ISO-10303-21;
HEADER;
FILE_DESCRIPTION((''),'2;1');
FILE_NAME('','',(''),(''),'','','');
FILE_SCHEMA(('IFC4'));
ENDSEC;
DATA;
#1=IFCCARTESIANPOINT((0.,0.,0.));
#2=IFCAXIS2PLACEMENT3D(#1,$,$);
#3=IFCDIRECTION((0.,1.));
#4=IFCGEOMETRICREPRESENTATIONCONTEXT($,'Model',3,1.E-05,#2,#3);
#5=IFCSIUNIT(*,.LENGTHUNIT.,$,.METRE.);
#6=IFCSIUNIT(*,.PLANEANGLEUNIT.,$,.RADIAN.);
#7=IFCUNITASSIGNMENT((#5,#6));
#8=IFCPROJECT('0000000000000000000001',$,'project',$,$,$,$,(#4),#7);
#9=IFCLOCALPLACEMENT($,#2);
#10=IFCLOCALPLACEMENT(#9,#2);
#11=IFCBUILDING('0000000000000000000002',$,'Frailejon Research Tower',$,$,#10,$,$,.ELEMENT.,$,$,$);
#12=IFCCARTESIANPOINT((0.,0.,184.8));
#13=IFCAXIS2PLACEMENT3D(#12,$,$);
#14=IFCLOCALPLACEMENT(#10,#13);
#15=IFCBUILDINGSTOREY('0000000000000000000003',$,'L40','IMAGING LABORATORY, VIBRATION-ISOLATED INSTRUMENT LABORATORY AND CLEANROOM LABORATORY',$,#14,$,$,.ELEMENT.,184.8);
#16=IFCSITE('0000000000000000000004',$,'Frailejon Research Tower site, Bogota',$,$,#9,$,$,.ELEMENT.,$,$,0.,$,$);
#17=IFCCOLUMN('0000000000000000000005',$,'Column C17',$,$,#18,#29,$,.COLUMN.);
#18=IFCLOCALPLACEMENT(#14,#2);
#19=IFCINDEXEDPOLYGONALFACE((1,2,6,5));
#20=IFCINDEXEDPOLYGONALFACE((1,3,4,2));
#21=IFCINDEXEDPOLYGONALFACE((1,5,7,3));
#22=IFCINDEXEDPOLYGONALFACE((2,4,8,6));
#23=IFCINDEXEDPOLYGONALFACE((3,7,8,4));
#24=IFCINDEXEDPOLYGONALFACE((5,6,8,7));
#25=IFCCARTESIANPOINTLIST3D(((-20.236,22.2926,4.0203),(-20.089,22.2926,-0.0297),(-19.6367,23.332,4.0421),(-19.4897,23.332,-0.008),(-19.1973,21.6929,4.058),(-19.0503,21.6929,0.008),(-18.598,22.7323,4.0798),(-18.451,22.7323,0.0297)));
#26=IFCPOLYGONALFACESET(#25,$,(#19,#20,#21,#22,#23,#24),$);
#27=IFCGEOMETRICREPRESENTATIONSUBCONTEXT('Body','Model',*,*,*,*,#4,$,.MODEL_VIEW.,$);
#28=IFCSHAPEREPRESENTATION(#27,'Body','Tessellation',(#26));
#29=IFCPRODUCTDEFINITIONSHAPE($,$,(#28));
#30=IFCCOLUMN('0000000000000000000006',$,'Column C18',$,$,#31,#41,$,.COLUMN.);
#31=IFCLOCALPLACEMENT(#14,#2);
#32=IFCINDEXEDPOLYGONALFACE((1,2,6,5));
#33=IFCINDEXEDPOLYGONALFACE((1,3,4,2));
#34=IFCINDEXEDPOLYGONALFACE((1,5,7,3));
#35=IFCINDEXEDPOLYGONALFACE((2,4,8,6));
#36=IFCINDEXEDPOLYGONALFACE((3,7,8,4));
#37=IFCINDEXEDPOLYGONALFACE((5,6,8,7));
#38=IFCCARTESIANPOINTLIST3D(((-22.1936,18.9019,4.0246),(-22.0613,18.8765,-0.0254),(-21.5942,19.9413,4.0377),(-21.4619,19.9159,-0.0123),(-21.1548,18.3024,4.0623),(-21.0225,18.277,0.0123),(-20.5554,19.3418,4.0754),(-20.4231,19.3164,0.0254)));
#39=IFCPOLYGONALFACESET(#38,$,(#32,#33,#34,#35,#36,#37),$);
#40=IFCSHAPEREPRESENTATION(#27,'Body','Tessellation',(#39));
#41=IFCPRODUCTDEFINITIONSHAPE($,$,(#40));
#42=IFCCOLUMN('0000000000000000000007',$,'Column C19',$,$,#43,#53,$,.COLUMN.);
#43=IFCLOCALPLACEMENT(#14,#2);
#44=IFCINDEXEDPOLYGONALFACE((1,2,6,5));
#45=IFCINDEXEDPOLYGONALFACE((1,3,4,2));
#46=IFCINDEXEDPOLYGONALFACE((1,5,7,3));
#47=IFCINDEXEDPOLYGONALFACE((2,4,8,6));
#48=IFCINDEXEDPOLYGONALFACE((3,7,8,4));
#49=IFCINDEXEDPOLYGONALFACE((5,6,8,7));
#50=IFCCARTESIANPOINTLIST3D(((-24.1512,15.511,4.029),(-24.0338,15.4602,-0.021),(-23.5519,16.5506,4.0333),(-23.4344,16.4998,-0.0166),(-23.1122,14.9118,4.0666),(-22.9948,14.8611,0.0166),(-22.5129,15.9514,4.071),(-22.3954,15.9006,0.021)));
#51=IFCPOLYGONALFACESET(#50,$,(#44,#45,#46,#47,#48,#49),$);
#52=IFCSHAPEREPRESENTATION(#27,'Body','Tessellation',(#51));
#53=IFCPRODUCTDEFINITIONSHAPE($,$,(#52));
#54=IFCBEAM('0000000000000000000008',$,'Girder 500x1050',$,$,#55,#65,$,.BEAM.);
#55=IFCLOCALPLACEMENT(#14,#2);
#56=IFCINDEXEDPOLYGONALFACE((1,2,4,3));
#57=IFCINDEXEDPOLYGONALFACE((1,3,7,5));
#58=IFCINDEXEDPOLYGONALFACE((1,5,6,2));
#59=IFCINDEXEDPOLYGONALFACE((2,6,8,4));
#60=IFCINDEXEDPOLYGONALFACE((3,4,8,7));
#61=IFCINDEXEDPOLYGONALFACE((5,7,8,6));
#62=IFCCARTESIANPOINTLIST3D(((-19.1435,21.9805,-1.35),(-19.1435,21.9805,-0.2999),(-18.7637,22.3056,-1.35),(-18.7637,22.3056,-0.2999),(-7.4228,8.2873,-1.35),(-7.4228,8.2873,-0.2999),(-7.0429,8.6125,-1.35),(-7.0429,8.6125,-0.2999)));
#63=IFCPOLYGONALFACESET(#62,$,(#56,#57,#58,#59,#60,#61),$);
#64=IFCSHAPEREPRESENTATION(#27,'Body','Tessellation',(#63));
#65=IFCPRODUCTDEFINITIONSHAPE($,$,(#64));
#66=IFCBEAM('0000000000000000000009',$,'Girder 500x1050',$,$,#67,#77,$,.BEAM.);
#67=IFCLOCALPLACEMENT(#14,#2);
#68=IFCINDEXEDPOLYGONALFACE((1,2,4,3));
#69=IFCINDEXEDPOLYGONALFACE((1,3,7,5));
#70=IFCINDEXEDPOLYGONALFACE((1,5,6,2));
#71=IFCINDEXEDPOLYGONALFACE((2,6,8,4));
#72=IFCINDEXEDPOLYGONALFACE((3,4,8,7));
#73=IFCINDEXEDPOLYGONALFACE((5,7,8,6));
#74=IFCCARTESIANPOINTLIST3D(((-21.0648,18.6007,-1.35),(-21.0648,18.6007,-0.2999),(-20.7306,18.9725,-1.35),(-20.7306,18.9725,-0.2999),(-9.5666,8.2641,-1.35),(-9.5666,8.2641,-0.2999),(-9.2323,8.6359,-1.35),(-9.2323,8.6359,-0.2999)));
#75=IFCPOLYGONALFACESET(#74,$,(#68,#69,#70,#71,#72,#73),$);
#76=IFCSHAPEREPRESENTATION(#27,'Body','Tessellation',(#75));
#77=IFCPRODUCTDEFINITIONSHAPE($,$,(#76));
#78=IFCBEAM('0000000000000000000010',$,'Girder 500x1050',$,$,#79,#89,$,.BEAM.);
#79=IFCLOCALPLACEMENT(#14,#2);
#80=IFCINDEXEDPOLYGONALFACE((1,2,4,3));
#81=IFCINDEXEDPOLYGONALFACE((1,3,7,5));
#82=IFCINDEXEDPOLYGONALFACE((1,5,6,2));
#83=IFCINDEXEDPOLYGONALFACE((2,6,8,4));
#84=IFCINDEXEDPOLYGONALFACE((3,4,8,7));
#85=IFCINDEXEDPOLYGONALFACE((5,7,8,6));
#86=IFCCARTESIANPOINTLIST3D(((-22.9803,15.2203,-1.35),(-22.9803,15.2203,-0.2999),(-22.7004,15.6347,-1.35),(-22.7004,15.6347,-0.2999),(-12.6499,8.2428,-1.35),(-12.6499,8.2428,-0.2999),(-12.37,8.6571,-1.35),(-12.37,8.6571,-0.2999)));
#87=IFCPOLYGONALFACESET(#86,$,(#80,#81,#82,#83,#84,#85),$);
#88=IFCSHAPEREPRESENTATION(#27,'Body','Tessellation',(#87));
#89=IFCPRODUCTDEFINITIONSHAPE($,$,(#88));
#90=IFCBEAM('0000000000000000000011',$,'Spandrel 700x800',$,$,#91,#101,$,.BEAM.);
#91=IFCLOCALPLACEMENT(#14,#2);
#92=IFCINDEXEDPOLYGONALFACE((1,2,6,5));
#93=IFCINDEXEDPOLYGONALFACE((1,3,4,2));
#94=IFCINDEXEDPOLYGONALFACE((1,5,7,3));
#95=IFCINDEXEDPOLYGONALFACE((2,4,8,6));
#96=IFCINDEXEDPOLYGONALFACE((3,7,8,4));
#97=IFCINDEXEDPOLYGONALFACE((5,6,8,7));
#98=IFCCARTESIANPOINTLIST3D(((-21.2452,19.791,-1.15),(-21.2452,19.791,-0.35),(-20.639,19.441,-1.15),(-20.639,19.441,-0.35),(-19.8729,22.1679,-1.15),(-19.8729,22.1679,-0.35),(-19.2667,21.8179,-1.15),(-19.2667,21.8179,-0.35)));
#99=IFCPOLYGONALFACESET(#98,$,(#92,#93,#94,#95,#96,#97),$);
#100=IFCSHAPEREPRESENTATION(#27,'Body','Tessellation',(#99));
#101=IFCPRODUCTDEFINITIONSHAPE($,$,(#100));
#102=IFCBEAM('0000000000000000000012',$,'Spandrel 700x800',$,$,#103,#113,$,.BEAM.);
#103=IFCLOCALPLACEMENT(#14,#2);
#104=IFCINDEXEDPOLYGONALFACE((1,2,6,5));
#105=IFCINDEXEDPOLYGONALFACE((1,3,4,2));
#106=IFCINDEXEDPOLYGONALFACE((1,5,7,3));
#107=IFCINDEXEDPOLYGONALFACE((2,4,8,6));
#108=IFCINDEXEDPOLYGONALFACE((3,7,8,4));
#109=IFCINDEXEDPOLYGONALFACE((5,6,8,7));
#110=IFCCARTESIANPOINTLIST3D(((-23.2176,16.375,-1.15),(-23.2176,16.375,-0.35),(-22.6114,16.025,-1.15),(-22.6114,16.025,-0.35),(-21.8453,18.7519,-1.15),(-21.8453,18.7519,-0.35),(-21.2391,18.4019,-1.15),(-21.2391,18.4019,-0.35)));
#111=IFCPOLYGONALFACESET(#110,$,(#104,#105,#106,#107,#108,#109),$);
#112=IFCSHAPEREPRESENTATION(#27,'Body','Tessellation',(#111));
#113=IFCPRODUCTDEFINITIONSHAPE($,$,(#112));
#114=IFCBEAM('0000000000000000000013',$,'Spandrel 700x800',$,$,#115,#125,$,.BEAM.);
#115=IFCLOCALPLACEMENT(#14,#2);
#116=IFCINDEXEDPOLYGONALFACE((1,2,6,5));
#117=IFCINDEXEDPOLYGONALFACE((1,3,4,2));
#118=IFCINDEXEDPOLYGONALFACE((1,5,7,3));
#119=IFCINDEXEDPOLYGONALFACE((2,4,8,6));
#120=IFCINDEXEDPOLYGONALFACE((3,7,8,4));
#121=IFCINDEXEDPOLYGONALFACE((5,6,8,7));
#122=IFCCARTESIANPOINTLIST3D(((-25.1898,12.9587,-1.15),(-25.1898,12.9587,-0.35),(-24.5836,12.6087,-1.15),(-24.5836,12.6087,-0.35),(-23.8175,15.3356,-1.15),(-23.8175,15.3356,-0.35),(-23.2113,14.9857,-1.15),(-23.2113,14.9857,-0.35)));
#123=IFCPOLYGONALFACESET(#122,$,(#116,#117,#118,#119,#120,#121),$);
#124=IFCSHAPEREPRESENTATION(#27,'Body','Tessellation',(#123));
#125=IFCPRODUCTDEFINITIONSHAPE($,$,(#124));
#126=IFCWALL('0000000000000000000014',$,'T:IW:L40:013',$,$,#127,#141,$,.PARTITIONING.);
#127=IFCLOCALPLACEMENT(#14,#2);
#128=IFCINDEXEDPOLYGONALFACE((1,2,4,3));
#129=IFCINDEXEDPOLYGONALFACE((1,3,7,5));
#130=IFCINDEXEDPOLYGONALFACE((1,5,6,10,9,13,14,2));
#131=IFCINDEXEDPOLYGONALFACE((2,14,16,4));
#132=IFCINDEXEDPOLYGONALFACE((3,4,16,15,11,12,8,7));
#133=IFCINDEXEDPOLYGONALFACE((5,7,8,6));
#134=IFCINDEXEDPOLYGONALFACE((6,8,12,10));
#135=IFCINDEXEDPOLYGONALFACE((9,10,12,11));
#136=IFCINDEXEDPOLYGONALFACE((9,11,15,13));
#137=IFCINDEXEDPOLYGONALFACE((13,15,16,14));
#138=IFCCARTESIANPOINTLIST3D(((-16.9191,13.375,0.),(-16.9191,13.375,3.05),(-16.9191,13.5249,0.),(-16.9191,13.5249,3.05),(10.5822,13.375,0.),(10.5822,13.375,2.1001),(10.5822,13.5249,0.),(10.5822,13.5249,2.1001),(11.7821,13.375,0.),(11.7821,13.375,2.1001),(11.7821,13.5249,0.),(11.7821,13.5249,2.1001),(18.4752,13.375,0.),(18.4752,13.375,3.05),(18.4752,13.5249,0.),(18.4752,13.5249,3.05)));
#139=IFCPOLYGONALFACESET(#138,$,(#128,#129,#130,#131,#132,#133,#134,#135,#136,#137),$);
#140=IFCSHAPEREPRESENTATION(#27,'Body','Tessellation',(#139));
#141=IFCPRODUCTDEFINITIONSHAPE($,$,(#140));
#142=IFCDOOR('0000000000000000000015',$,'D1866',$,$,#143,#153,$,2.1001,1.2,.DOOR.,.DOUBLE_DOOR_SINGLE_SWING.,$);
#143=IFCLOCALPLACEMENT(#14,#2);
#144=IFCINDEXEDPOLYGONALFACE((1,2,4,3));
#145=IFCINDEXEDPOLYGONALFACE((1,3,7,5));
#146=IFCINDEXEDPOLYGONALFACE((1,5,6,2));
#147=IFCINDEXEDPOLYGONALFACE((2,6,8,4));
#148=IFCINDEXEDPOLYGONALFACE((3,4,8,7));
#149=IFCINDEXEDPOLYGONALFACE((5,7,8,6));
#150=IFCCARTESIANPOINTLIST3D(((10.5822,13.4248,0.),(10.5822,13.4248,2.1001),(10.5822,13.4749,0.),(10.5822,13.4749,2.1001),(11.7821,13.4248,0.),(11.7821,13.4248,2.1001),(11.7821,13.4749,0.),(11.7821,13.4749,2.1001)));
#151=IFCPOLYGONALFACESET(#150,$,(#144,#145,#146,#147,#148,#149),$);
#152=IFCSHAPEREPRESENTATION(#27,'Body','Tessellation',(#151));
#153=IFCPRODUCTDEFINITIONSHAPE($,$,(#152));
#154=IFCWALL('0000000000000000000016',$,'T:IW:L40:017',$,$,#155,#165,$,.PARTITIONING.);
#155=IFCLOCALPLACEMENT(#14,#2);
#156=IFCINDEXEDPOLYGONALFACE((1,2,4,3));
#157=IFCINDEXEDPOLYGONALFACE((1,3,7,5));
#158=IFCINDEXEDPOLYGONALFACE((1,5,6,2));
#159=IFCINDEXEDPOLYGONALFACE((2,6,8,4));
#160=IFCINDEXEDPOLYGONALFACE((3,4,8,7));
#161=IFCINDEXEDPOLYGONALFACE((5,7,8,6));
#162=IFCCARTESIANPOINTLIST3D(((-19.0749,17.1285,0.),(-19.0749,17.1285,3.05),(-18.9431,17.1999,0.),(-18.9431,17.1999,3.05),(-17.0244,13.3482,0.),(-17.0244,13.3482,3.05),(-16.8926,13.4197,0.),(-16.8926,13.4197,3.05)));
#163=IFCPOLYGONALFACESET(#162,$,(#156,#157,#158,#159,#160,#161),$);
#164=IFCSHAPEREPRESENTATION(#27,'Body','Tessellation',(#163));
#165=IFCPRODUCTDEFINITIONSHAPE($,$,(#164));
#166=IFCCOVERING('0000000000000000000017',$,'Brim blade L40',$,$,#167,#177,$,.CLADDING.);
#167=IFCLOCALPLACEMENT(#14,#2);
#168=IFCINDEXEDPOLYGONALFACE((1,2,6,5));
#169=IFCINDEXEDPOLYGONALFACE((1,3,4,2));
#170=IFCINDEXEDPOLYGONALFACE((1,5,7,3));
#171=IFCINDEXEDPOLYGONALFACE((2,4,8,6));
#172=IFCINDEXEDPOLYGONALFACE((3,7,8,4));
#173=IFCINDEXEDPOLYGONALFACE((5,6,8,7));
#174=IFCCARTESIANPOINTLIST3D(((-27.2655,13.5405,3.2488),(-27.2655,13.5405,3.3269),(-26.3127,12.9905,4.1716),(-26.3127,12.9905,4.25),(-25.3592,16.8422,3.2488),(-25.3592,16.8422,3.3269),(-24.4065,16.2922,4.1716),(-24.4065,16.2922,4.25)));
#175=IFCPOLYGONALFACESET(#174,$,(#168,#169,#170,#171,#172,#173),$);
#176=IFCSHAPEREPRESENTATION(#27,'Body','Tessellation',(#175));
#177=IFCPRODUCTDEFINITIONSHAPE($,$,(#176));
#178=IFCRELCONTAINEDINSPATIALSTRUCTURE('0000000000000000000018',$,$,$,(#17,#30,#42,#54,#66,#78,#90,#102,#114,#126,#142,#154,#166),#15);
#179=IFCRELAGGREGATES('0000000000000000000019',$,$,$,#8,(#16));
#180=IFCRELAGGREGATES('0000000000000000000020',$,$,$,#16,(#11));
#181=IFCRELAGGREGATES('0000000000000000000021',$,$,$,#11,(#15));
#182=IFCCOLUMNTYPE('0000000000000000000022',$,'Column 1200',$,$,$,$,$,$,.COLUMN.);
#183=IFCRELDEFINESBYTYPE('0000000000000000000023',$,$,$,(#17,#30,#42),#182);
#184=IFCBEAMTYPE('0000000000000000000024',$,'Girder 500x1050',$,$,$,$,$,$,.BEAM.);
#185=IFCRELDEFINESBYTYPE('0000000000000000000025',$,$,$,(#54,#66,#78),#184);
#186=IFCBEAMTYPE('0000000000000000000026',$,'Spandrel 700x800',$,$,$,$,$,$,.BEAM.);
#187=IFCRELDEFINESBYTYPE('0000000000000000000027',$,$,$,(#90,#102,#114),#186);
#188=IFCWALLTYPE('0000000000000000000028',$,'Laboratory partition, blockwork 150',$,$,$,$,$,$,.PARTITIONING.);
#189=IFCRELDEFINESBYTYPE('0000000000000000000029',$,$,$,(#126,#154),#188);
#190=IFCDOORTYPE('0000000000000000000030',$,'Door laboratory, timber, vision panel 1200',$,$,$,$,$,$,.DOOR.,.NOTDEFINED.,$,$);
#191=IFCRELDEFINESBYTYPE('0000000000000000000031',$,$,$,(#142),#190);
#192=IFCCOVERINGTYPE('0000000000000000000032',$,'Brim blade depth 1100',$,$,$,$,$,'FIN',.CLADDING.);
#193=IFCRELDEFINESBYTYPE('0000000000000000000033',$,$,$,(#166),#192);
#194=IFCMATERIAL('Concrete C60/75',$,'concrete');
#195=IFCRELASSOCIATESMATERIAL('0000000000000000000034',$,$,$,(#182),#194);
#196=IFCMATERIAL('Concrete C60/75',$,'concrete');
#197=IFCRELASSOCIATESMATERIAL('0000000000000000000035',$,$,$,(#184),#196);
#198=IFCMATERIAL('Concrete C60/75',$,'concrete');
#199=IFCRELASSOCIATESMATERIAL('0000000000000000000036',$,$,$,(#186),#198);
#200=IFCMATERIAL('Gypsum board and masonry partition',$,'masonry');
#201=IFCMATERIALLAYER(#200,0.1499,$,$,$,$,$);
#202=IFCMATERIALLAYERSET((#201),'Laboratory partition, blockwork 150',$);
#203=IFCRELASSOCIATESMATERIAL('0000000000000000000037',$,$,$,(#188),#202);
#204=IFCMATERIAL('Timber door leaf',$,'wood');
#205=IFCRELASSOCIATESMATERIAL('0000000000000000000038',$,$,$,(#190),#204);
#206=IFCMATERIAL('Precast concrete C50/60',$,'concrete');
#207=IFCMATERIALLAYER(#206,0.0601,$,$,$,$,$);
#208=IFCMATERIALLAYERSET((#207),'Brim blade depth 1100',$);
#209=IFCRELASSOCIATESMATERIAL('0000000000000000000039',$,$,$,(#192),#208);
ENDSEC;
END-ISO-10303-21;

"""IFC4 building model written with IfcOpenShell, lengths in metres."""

from ifc_helpers import new_model, si_unit, direction, frame, frame_2d, origin, origin_2d, place, context, subcontext, project, spatial, polyline, rectangle, outline, extrude, material, layer, layer_set, material_profile, profile_set, type_object, element, fill, save


model = new_model("IFC4")

# Units and contexts
model_context = context("Model", 3, precision=1e-05, world=origin(), true_north=direction((0.0, 1.0)))
body_context = subcontext(model_context, "Body", "Model", "MODEL_VIEW")
ifc_project = project(units=[si_unit("LENGTHUNIT", "METRE"), si_unit("PLANEANGLEUNIT", "RADIAN")], contexts=[model_context])

# Site, building, storey
site_placement = place(None, origin())
site = spatial("IfcSite", under=ifc_project, at=site_placement, Name="Frailejon Research Tower site, Bogota", CompositionType="ELEMENT", RefElevation=0.0)
building_placement = place(site_placement, origin())
building = spatial("IfcBuilding", under=site, at=building_placement, Name="Frailejon Research Tower", CompositionType="ELEMENT")
storey_placement = place(building_placement, frame((0.0, 0.0, 184.8)))
storey = spatial("IfcBuildingStorey", under=building, at=storey_placement, Name="L40", Description="IMAGING LABORATORY, VIBRATION-ISOLATED INSTRUMENT LABORATORY AND CLEANROOM LABORATORY", CompositionType="ELEMENT", Elevation=184.8)

# Columns
ifc_material_1 = material(Name="Concrete C60/75", Category="concrete")
ifc_material_profile_1 = material_profile(ifc_material_1, rectangle(XDim=1.2, YDim=1.2, at=origin_2d()), Name="Column 1200")
ifc_profile_set_1 = profile_set([ifc_material_profile_1], Name="Concrete C60/75")
column_type = type_object("IfcColumnType", Name="Column 1200", PredefinedType="COLUMN", material=ifc_profile_set_1)
column_1_placement = place(storey_placement, frame((-19.27, 22.5125, 0.0), z_axis=(-0.036265, 0.0, 0.999342), x_axis=(-0.499425, -0.866168, -0.018124)))
element("IfcColumn", 1, at=column_1_placement, inside=storey, type_object=column_type, Name="Column C17", PredefinedType="COLUMN", context=body_context, shape_type="SweptSolid", body=[
    extrude(rectangle(XDim=1.2, YDim=1.2, at=origin_2d()), origin(), (0.0, 0.0, 1.0), 4.0527),
])
column_2_placement = place(storey_placement, frame((-21.2422, 19.0964, 0.0), z_axis=(-0.032654, 0.006266, 0.999447), x_axis=(-0.49952, -0.866234, -0.01089)))
element("IfcColumn", 2, at=column_2_placement, inside=storey, type_object=column_type, Name="Column C18", PredefinedType="COLUMN", context=body_context, shape_type="SweptSolid", body=[
    extrude(rectangle(XDim=1.2, YDim=1.2, at=origin_2d()), origin(), (0.0, 0.0, 1.0), 4.0522),
])
column_3_placement = place(storey_placement, frame((-23.2146, 15.6804, 0.0), z_axis=(-0.028981, 0.012532, 0.999501), x_axis=(-0.49945, -0.866335, -0.003619)))
element("IfcColumn", 3, at=column_3_placement, inside=storey, type_object=column_type, Name="Column C19", PredefinedType="COLUMN", context=body_context, shape_type="SweptSolid", body=[
    extrude(rectangle(XDim=1.2, YDim=1.2, at=origin_2d()), origin(), (0.0, 0.0, 1.0), 4.052),
])

# Beams
ifc_material_2 = material(Name="Concrete C60/75", Category="concrete")
ifc_material_profile_2 = material_profile(ifc_material_2, rectangle(XDim=0.5, YDim=1.05, at=origin_2d()), Name="Girder 500x1050")
ifc_profile_set_2 = profile_set([ifc_material_profile_2], Name="Concrete C60/75")
beam_type_1 = type_object("IfcBeamType", Name="Girder 500x1050", PredefinedType="BEAM", material=ifc_profile_set_2)
beam_1_placement = place(storey_placement, frame((-18.9536, 22.1431, -0.825), z_axis=(0.650271, -0.759702, 0.0), x_axis=(0.759702, 0.650271, 0.0)))
element("IfcBeam", 4, at=beam_1_placement, inside=storey, type_object=beam_type_1, Name="Girder 500x1050", PredefinedType="BEAM", context=body_context, shape_type="SweptSolid", body=[
    extrude(rectangle(XDim=0.5, YDim=1.05, at=origin_2d()), origin(), (0.0, 0.0, 1.0), 18.0244),
])
beam_2_placement = place(storey_placement, frame((-20.8977, 18.7866, -0.825), z_axis=(0.743673, -0.668543, 0.0), x_axis=(0.668543, 0.743673, 0.0)))
element("IfcBeam", 5, at=beam_2_placement, inside=storey, type_object=beam_type_1, Name="Girder 500x1050", PredefinedType="BEAM", context=body_context, shape_type="SweptSolid", body=[
    extrude(rectangle(XDim=0.5, YDim=1.05, at=origin_2d()), origin(), (0.0, 0.0, 1.0), 15.4614),
])
beam_3_placement = place(storey_placement, frame((-22.8403, 15.4275, -0.825), z_axis=(0.828679, -0.559725, 0.0), x_axis=(0.559725, 0.828679, 0.0)))
element("IfcBeam", 6, at=beam_3_placement, inside=storey, type_object=beam_type_1, Name="Girder 500x1050", PredefinedType="BEAM", context=body_context, shape_type="SweptSolid", body=[
    extrude(rectangle(XDim=0.5, YDim=1.05, at=origin_2d()), origin(), (0.0, 0.0, 1.0), 12.4661),
])
ifc_material_3 = material(Name="Concrete C60/75", Category="concrete")
ifc_material_profile_3 = material_profile(ifc_material_3, rectangle(XDim=0.7, YDim=0.8, at=origin_2d()), Name="Spandrel 700x800")
ifc_profile_set_3 = profile_set([ifc_material_profile_3], Name="Concrete C60/75")
beam_type_2 = type_object("IfcBeamType", Name="Spandrel 700x800", PredefinedType="BEAM", material=ifc_profile_set_3)
for number, where, z_axis, x_axis, name in (
    (7, (-19.5698, 21.9929, -0.75), (-0.499995, -0.866029, 0.0), (0.866029, -0.499995, 0.0), "Spandrel 700x800"),
    (8, (-21.5422, 18.5769, -0.75), (-0.499995, -0.866029, 0.0), (0.866029, -0.499995, 0.0), "Spandrel 700x800"),
    (9, (-23.5144, 15.1606, -0.75), (-0.499995, -0.866029, 0.0), (0.866029, -0.499995, 0.0), "Spandrel 700x800"),
):
    element("IfcBeam", number, at=place(storey_placement, frame(where, z_axis=z_axis, x_axis=x_axis)), inside=storey, type_object=beam_type_2, Name=name, PredefinedType="BEAM", context=body_context, shape_type="SweptSolid", body=[
        extrude(rectangle(XDim=0.7, YDim=0.8, at=origin_2d()), origin(), (0.0, 0.0, 1.0), 2.7446),
    ])

# Wall, opening, door
ifc_material_4 = material(Name="Gypsum board and masonry partition", Category="masonry")
ifc_layer_1 = layer(ifc_material_4, 0.1499)
ifc_layer_set_1 = layer_set([ifc_layer_1], Name="Laboratory partition, blockwork 150")
wall_type_1 = type_object("IfcWallType", Name="Laboratory partition, blockwork 150", PredefinedType="PARTITIONING", material=ifc_layer_set_1)
wall_1_placement = place(storey_placement, frame((-16.9192, 13.45, 0.0), z_axis=(0.0, 0.0, 1.0), x_axis=(1.0, 0.0, 0.0)))
wall_1 = element("IfcWall", 10, at=wall_1_placement, inside=storey, type_object=wall_type_1, Name="T:IW:L40:013", PredefinedType="PARTITIONING", context=body_context, shape_type="SweptSolid", body=[
    extrude(rectangle(XDim=35.3943, YDim=0.1499, at=frame_2d((17.6973, 0.0))), origin(), (0.0, 0.0, 1.0), 3.05),
])
opening_1_placement = place(wall_1_placement, frame((27.5012, 0.0, 0.0)))
opening_1 = element("IfcOpeningElement", 11, at=opening_1_placement, cuts=wall_1, PredefinedType="OPENING", context=body_context, shape_type="SweptSolid", body=[
    extrude(rectangle(XDim=1.2, YDim=2.1001, at=frame_2d((0.6001, 1.05))), frame((0.0, 0.085, 0.0), z_axis=(0.0, -1.0, 0.0), x_axis=(1.0, 0.0, 0.0)), (0.0, 0.0, 1.0), 0.1699),
])
ifc_material_5 = material(Name="Timber door leaf", Category="wood")
door_type_1 = type_object("IfcDoorType", Name="Door laboratory, timber, vision panel 1200", OperationType="NOTDEFINED", PredefinedType="DOOR", material=ifc_material_5)
door_1_placement = place(opening_1_placement, origin())
door_1 = element("IfcDoor", 12, at=door_1_placement, inside=storey, type_object=door_type_1, Name="D1866", OperationType="DOUBLE_DOOR_SINGLE_SWING", OverallHeight=2.1001, OverallWidth=1.2, PredefinedType="DOOR", context=body_context, shape_type="SweptSolid", body=[
    extrude(rectangle(XDim=1.2, YDim=2.1001, at=frame_2d((0.6001, 1.05))), frame((0.0, 0.0249, 0.0), z_axis=(0.0, -1.0, 0.0), x_axis=(1.0, 0.0, 0.0)), (0.0, 0.0, 1.0), 0.05),
])
fill(opening_1, door_1)

# Wall
wall_2_placement = place(storey_placement, frame((-19.009, 17.1643, 0.0), z_axis=(0.0, 0.0, 1.0), x_axis=(0.476802, -0.87901, 0.0)))
element("IfcWall", 13, at=wall_2_placement, inside=storey, type_object=wall_type_1, Name="T:IW:L40:017", PredefinedType="PARTITIONING", context=body_context, shape_type="SweptSolid", body=[
    extrude(rectangle(XDim=4.3005, YDim=0.1499, at=frame_2d((2.1504, 0.0))), origin(), (0.0, 0.0, 1.0), 3.05),
])

# Covering
ifc_material_6 = material(Name="Precast concrete C50/60", Category="concrete")
ifc_layer_2 = layer(ifc_material_6, 0.0601)
ifc_layer_set_2 = layer_set([ifc_layer_2], Name="Brim blade depth 1100")
covering_type_1 = type_object("IfcCoveringType", Name="Brim blade depth 1100", ElementType="FIN", PredefinedType="CLADDING", material=ifc_layer_set_2)
covering_1_placement = place(storey_placement, frame((-26.3127, 12.9905, 4.25), z_axis=(0.500001, 0.866025, 0.0), x_axis=(-0.866025, 0.500001, 0.0)))
element("IfcCovering", 14, at=covering_1_placement, inside=storey, type_object=covering_type_1, Name="Brim blade L40", PredefinedType="CLADDING", context=body_context, shape_type="SweptSolid", body=[
    extrude(outline(polyline([(0.0, -0.0784), (1.1001, -1.0012), (1.1001, -0.9231), (0.0, 0.0), (0.0, -0.0784)])), origin(), (0.0, 0.0, 1.0), 3.8125),
])

save(model, "model.ifc")
